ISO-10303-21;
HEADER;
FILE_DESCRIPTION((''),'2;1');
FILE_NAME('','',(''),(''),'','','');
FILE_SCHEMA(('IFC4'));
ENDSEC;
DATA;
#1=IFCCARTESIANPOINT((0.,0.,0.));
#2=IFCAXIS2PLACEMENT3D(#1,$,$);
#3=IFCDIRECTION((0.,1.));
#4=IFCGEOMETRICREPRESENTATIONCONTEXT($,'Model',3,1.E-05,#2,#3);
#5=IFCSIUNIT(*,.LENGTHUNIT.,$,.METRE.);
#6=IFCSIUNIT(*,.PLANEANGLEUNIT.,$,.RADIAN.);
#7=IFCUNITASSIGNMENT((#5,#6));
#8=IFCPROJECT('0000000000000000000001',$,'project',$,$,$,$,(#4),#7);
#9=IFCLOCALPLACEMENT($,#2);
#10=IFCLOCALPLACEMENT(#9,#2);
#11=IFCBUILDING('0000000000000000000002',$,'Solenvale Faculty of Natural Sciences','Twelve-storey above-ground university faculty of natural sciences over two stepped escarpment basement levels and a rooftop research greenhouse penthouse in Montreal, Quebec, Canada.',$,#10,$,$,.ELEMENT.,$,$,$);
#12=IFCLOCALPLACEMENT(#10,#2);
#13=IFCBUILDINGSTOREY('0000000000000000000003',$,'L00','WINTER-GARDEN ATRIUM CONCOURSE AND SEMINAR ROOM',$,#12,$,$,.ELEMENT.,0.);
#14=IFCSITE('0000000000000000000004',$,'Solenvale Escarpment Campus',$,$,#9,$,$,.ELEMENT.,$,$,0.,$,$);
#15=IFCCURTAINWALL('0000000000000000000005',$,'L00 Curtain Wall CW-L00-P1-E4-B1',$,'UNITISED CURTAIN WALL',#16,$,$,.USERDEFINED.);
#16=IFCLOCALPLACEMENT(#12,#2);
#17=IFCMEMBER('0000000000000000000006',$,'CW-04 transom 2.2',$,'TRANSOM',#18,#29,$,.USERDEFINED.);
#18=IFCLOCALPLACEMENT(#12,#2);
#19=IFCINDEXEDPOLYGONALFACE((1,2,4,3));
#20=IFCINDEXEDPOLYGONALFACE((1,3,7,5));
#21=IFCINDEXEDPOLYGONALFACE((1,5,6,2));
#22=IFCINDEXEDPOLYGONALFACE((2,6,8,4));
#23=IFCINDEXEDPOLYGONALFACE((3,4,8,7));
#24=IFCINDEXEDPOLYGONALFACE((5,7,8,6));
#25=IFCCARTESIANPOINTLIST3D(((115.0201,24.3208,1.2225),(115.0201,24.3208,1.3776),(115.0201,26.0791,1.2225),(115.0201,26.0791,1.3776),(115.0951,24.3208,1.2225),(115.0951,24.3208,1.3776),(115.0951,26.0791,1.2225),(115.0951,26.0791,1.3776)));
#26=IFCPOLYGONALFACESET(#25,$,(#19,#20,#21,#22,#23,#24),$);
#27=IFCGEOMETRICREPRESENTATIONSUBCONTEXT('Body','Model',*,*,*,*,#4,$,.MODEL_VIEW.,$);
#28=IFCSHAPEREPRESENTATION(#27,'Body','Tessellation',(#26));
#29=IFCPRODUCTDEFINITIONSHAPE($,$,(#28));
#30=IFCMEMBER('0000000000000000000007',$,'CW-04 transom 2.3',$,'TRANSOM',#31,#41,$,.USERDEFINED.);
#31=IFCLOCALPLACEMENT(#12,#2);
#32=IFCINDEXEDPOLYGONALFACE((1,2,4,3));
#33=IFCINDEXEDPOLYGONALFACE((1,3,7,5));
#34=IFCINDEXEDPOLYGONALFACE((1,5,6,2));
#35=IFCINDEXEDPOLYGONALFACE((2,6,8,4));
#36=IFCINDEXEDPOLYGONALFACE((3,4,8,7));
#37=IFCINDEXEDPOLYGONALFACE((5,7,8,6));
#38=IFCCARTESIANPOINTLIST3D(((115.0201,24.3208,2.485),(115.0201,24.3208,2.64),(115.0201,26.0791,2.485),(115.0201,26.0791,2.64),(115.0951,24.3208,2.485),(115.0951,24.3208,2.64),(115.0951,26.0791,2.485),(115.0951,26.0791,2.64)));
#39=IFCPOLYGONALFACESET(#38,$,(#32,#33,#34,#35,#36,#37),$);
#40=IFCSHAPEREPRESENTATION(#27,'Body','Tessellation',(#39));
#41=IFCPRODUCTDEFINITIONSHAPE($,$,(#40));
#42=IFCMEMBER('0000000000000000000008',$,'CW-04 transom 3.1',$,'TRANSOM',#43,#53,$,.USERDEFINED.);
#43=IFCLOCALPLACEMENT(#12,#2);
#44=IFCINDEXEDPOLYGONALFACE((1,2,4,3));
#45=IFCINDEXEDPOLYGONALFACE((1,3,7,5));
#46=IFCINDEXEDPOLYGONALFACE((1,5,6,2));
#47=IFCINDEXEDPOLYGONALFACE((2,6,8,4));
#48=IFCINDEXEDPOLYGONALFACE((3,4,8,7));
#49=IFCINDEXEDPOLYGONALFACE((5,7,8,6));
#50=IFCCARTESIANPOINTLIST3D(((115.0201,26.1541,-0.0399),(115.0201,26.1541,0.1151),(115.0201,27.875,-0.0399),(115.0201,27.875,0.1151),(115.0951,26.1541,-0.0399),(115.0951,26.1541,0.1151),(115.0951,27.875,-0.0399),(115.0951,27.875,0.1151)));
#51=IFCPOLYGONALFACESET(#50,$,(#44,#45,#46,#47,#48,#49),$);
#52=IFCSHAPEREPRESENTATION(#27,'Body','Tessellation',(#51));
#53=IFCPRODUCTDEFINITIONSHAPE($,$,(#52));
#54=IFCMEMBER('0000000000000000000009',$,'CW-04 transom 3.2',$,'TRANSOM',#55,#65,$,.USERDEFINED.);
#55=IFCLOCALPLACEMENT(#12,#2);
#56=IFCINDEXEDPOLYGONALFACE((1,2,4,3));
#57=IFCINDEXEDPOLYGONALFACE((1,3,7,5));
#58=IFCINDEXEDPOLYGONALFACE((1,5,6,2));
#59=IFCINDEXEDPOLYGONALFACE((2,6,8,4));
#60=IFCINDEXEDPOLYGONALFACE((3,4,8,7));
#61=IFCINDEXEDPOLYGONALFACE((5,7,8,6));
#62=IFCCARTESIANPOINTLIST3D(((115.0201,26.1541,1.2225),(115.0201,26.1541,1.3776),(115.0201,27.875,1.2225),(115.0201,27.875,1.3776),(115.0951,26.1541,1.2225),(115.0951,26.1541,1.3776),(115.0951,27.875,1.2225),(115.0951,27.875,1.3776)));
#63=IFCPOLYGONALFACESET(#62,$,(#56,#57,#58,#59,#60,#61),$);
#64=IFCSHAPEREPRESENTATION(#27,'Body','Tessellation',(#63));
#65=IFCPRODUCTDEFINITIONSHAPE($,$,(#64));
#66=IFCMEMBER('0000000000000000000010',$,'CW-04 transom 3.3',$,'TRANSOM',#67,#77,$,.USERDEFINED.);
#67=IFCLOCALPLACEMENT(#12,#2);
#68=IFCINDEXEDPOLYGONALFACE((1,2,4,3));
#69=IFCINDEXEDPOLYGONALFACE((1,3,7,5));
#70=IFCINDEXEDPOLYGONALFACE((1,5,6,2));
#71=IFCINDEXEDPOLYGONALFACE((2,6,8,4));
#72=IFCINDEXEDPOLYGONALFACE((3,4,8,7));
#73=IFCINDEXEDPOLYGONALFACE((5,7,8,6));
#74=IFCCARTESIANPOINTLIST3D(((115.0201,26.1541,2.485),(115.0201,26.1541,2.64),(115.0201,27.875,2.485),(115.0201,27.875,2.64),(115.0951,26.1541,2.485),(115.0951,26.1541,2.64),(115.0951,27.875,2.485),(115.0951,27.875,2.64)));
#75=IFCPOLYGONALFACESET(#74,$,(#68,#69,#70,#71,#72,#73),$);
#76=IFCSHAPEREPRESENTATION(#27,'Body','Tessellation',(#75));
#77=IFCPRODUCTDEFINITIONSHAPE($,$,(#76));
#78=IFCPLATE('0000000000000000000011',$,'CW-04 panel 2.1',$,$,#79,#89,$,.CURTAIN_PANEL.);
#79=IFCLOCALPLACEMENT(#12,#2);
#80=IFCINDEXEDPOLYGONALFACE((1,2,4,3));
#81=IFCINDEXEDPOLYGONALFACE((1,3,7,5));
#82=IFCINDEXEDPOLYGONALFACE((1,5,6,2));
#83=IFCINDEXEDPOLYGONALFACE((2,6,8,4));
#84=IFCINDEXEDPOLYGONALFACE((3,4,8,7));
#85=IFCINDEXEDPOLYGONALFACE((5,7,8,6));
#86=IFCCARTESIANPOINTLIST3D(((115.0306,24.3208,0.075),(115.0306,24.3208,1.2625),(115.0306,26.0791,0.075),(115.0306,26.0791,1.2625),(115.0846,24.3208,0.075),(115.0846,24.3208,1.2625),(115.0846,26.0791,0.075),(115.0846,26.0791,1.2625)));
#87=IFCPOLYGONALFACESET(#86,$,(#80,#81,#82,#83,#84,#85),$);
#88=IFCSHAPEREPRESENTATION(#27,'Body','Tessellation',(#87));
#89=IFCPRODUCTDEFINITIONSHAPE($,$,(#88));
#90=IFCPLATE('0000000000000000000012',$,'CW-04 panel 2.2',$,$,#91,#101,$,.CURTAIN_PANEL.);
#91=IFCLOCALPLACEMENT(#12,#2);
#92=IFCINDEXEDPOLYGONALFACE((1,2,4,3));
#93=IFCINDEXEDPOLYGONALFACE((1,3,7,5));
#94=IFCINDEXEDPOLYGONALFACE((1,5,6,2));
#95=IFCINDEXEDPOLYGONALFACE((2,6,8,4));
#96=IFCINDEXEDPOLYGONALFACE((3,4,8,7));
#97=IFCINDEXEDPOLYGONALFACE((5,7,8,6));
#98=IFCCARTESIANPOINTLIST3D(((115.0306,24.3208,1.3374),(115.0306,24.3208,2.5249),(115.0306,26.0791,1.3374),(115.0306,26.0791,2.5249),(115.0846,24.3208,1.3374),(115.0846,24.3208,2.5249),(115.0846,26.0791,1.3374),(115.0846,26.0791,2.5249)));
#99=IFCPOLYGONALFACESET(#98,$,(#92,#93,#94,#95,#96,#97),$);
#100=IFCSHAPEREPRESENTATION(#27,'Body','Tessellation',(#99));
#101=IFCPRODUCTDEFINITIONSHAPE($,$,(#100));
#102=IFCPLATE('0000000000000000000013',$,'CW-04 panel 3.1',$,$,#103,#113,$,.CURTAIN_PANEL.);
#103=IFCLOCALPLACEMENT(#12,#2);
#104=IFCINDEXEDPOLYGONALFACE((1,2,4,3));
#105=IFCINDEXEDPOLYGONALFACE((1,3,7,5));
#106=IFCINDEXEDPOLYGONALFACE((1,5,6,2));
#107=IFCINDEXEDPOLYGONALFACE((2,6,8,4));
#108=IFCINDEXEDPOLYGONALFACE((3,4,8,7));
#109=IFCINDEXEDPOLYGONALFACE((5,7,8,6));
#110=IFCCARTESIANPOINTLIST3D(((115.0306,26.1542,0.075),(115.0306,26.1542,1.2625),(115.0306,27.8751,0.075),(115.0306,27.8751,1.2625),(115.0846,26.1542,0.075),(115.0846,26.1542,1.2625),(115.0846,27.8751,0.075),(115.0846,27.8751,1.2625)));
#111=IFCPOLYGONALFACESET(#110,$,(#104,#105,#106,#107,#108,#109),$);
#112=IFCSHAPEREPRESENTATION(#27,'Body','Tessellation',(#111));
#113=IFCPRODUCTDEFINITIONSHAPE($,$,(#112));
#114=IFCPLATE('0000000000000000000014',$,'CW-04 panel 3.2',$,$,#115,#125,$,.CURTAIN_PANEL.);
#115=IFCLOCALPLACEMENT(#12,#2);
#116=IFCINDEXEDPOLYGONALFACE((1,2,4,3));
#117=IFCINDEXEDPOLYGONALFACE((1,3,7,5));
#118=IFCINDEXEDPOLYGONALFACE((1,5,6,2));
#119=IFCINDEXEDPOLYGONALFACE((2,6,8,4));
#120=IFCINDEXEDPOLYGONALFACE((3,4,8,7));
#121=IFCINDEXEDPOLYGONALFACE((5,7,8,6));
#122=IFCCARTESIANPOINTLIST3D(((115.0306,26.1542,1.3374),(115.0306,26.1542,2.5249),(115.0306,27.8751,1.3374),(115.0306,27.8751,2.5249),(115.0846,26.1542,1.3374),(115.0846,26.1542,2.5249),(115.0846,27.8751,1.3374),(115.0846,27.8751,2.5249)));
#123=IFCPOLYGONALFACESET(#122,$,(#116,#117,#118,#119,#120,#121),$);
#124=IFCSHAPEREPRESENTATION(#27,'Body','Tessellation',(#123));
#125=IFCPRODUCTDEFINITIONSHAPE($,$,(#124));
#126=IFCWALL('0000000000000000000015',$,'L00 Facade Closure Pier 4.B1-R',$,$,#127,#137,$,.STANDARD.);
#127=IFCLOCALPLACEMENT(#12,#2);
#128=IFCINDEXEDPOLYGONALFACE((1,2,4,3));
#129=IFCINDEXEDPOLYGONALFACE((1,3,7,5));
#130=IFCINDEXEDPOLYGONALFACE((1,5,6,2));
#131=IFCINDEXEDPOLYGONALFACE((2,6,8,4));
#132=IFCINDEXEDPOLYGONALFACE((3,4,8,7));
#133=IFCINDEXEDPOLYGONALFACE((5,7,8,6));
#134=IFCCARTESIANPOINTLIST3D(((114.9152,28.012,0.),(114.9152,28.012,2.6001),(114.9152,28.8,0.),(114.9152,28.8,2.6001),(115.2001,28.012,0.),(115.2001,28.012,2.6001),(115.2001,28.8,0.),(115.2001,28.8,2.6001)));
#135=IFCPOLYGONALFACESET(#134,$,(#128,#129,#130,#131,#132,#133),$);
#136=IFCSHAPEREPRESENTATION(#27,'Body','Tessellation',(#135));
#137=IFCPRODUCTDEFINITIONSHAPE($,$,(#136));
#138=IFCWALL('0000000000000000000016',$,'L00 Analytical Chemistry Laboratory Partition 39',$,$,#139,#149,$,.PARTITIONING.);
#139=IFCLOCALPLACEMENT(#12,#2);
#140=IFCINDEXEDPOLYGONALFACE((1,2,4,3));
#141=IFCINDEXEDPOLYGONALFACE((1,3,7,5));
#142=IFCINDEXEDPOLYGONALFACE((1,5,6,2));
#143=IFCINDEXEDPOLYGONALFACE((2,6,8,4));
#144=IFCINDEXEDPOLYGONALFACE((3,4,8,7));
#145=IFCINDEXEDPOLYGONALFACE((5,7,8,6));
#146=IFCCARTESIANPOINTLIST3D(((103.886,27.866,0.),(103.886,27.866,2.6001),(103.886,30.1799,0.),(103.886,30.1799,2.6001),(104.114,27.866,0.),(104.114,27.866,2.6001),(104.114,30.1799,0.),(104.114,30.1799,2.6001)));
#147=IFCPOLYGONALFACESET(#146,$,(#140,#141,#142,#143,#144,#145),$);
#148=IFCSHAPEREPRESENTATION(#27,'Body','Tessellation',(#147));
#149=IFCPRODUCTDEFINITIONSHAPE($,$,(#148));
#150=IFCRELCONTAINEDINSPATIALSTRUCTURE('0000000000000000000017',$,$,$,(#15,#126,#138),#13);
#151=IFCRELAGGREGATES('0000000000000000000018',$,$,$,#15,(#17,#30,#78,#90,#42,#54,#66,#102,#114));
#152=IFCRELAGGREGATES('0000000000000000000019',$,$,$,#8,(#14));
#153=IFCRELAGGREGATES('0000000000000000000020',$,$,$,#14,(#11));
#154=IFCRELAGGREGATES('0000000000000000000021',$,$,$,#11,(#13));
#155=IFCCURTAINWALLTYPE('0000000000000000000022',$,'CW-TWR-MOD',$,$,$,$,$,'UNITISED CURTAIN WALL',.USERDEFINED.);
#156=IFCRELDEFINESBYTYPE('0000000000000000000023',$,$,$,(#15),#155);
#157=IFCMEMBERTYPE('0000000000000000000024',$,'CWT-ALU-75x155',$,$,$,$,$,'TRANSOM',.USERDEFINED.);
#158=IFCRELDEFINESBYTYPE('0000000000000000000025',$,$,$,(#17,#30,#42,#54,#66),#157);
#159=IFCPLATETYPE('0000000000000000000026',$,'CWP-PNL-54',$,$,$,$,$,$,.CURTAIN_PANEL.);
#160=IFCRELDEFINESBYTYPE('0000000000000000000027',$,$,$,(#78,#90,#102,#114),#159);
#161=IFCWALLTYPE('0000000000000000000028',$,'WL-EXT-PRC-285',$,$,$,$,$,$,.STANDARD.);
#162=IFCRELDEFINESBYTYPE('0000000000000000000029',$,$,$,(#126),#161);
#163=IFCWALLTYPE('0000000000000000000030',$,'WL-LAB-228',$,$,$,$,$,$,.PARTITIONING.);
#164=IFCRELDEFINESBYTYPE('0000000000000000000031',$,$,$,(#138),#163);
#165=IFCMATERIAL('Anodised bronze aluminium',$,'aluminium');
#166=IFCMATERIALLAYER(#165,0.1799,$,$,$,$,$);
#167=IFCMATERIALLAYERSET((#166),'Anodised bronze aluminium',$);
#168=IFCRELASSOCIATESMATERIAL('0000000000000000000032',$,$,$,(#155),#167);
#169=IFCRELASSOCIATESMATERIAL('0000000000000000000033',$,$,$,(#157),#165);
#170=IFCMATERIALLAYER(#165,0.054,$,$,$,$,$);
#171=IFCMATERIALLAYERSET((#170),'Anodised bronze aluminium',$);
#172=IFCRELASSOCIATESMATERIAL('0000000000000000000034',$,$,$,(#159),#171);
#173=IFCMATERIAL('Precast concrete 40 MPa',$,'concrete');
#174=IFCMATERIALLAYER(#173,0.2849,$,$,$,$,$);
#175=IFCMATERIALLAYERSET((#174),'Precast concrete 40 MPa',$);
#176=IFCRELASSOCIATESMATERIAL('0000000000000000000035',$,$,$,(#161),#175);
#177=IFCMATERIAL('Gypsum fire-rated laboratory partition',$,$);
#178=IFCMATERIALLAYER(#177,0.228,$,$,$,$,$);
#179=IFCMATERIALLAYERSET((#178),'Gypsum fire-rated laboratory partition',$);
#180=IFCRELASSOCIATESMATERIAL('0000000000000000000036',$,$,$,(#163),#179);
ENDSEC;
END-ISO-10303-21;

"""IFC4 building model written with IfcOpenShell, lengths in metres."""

from ifc_helpers import new_model, si_unit, direction, frame, frame_2d, origin, origin_2d, place, context, subcontext, project, spatial, rectangle, extrude, material, layer, layer_set, material_profile, profile_set, type_object, element, aggregate, save


model = new_model("IFC4")

# Units and contexts
model_context = context("Model", 3, precision=1e-05, world=origin(), true_north=direction((0.0, 1.0)))
body_context = subcontext(model_context, "Body", "Model", "MODEL_VIEW")
ifc_project = project(units=[si_unit("LENGTHUNIT", "METRE"), si_unit("PLANEANGLEUNIT", "RADIAN")], contexts=[model_context])

# Site, building, storey
site_placement = place(None, origin())
site = spatial("IfcSite", under=ifc_project, at=site_placement, Name="Solenvale Escarpment Campus", CompositionType="ELEMENT", RefElevation=0.0)
building_placement = place(site_placement, origin())
building = spatial("IfcBuilding", under=site, at=building_placement, Name="Solenvale Faculty of Natural Sciences", Description="Twelve-storey above-ground university faculty of natural sciences over two stepped escarpment basement levels and a rooftop research greenhouse penthouse in Montreal, Quebec, Canada.", CompositionType="ELEMENT")
storey_placement = place(building_placement, origin())
storey = spatial("IfcBuildingStorey", under=building, at=storey_placement, Name="L00", Description="WINTER-GARDEN ATRIUM CONCOURSE AND SEMINAR ROOM", CompositionType="ELEMENT", Elevation=0.0)

# Curtain wall, members, plates
ifc_material_1 = material(Name="Anodised bronze aluminium", Category="aluminium")
ifc_layer_1 = layer(ifc_material_1, 0.1799)
ifc_layer_set_1 = layer_set([ifc_layer_1], Name="Anodised bronze aluminium")
curtain_wall_type = type_object("IfcCurtainWallType", Name="CW-TWR-MOD", ElementType="UNITISED CURTAIN WALL", PredefinedType="USERDEFINED", material=ifc_layer_set_1)
curtain_wall_placement = place(storey_placement, origin())
curtain_wall = element("IfcCurtainWall", 1, at=curtain_wall_placement, inside=storey, type_object=curtain_wall_type, Name="L00 Curtain Wall CW-L00-P1-E4-B1", ObjectType="UNITISED CURTAIN WALL", PredefinedType="USERDEFINED")
ifc_material_profile_1 = material_profile(ifc_material_1, rectangle(XDim=0.075, YDim=0.155, at=origin_2d()), Name="ALU-TRN-75x155")
ifc_profile_set_1 = profile_set([ifc_material_profile_1], Name="Anodised bronze aluminium")
member_type_1 = type_object("IfcMemberType", Name="CWT-ALU-75x155", ElementType="TRANSOM", PredefinedType="USERDEFINED", material=ifc_profile_set_1)
member_1_placement = place(storey_placement, frame((115.0576, 24.3208, 1.3), z_axis=(0.0, 1.0, 0.0), x_axis=(-1.0, 0.0, 0.0)))
member_1 = element("IfcMember", 2, at=member_1_placement, type_object=member_type_1, Name="CW-04 transom 2.2", ObjectType="TRANSOM", PredefinedType="USERDEFINED", context=body_context, shape_type="SweptSolid", body=[
    extrude(rectangle(XDim=0.075, YDim=0.155, at=origin_2d()), origin(), (0.0, 0.0, 1.0), 1.7583),
])
member_2_placement = place(storey_placement, frame((115.0576, 24.3208, 2.5625), z_axis=(0.0, 1.0, 0.0), x_axis=(-1.0, 0.0, 0.0)))
member_2 = element("IfcMember", 3, at=member_2_placement, type_object=member_type_1, Name="CW-04 transom 2.3", ObjectType="TRANSOM", PredefinedType="USERDEFINED", context=body_context, shape_type="SweptSolid", body=[
    extrude(rectangle(XDim=0.075, YDim=0.155, at=origin_2d()), origin(), (0.0, 0.0, 1.0), 1.7583),
])
member_3_placement = place(storey_placement, frame((115.0576, 26.1541, 0.0376), z_axis=(0.0, 1.0, 0.0), x_axis=(-1.0, 0.0, 0.0)))
member_3 = element("IfcMember", 4, at=member_3_placement, type_object=member_type_1, Name="CW-04 transom 3.1", ObjectType="TRANSOM", PredefinedType="USERDEFINED", context=body_context, shape_type="SweptSolid", body=[
    extrude(rectangle(XDim=0.075, YDim=0.155, at=origin_2d()), origin(), (0.0, 0.0, 1.0), 1.7209),
])
member_4_placement = place(storey_placement, frame((115.0576, 26.1541, 1.3), z_axis=(0.0, 1.0, 0.0), x_axis=(-1.0, 0.0, 0.0)))
member_4 = element("IfcMember", 5, at=member_4_placement, type_object=member_type_1, Name="CW-04 transom 3.2", ObjectType="TRANSOM", PredefinedType="USERDEFINED", context=body_context, shape_type="SweptSolid", body=[
    extrude(rectangle(XDim=0.075, YDim=0.155, at=origin_2d()), origin(), (0.0, 0.0, 1.0), 1.7209),
])
member_5_placement = place(storey_placement, frame((115.0576, 26.1541, 2.5625), z_axis=(0.0, 1.0, 0.0), x_axis=(-1.0, 0.0, 0.0)))
member_5 = element("IfcMember", 6, at=member_5_placement, type_object=member_type_1, Name="CW-04 transom 3.3", ObjectType="TRANSOM", PredefinedType="USERDEFINED", context=body_context, shape_type="SweptSolid", body=[
    extrude(rectangle(XDim=0.075, YDim=0.155, at=origin_2d()), origin(), (0.0, 0.0, 1.0), 1.7209),
])
ifc_layer_2 = layer(ifc_material_1, 0.054)
ifc_layer_set_2 = layer_set([ifc_layer_2], Name="Anodised bronze aluminium")
plate_type = type_object("IfcPlateType", Name="CWP-PNL-54", PredefinedType="CURTAIN_PANEL", material=ifc_layer_set_2)
plate_1_placement = place(storey_placement, frame((115.0576, 25.2, 0.075), z_axis=(0.0, 0.0, 1.0), x_axis=(0.0, 1.0, 0.0)))
plate_1 = element("IfcPlate", 7, at=plate_1_placement, type_object=plate_type, Name="CW-04 panel 2.1", PredefinedType="CURTAIN_PANEL", context=body_context, shape_type="SweptSolid", body=[
    extrude(rectangle(XDim=1.7583, YDim=0.054, at=origin_2d()), origin(), (0.0, 0.0, 1.0), 1.1875),
])
plate_2_placement = place(storey_placement, frame((115.0576, 25.2, 1.3374), z_axis=(0.0, 0.0, 1.0), x_axis=(0.0, 1.0, 0.0)))
plate_2 = element("IfcPlate", 8, at=plate_2_placement, type_object=plate_type, Name="CW-04 panel 2.2", PredefinedType="CURTAIN_PANEL", context=body_context, shape_type="SweptSolid", body=[
    extrude(rectangle(XDim=1.7583, YDim=0.054, at=origin_2d()), origin(), (0.0, 0.0, 1.0), 1.1875),
])
plate_3_placement = place(storey_placement, frame((115.0576, 27.0146, 0.075), z_axis=(0.0, 0.0, 1.0), x_axis=(0.0, 1.0, 0.0)))
plate_3 = element("IfcPlate", 9, at=plate_3_placement, type_object=plate_type, Name="CW-04 panel 3.1", PredefinedType="CURTAIN_PANEL", context=body_context, shape_type="SweptSolid", body=[
    extrude(rectangle(XDim=1.7209, YDim=0.054, at=origin_2d()), origin(), (0.0, 0.0, 1.0), 1.1875),
])
plate_4_placement = place(storey_placement, frame((115.0576, 27.0146, 1.3374), z_axis=(0.0, 0.0, 1.0), x_axis=(0.0, 1.0, 0.0)))
plate_4 = element("IfcPlate", 10, at=plate_4_placement, type_object=plate_type, Name="CW-04 panel 3.2", PredefinedType="CURTAIN_PANEL", context=body_context, shape_type="SweptSolid", body=[
    extrude(rectangle(XDim=1.7209, YDim=0.054, at=origin_2d()), origin(), (0.0, 0.0, 1.0), 1.1875),
])
aggregate(curtain_wall, [member_1, member_2, plate_1, plate_2, member_3, member_4, member_5, plate_3, plate_4])

# Walls
ifc_material_2 = material(Name="Precast concrete 40 MPa", Category="concrete")
ifc_layer_3 = layer(ifc_material_2, 0.2849)
ifc_layer_set_3 = layer_set([ifc_layer_3], Name="Precast concrete 40 MPa")
wall_type_1 = type_object("IfcWallType", Name="WL-EXT-PRC-285", PredefinedType="STANDARD", material=ifc_layer_set_3)
wall_1_placement = place(storey_placement, frame((115.0576, 28.012, 0.0), z_axis=(0.0, 0.0, 1.0), x_axis=(0.0, 1.0, 0.0)))
element("IfcWall", 11, at=wall_1_placement, inside=storey, type_object=wall_type_1, Name="L00 Facade Closure Pier 4.B1-R", PredefinedType="STANDARD", context=body_context, shape_type="SweptSolid", body=[
    extrude(rectangle(XDim=0.7881, YDim=0.2849, at=frame_2d((0.394, 0.0))), origin(), (0.0, 0.0, 1.0), 2.6001),
])
ifc_material_3 = material(Name="Gypsum fire-rated laboratory partition")
ifc_layer_4 = layer(ifc_material_3, 0.228)
ifc_layer_set_4 = layer_set([ifc_layer_4], Name="Gypsum fire-rated laboratory partition")
wall_type_2 = type_object("IfcWallType", Name="WL-LAB-228", PredefinedType="PARTITIONING", material=ifc_layer_set_4)
wall_2_placement = place(storey_placement, frame((104.0, 27.866, 0.0), z_axis=(0.0, 0.0, 1.0), x_axis=(0.0, 1.0, 0.0)))
element("IfcWall", 12, at=wall_2_placement, inside=storey, type_object=wall_type_2, Name="L00 Analytical Chemistry Laboratory Partition 39", PredefinedType="PARTITIONING", context=body_context, shape_type="SweptSolid", body=[
    extrude(rectangle(XDim=2.314, YDim=0.228, at=frame_2d((1.157, 0.0))), origin(), (0.0, 0.0, 1.0), 2.6001),
])

save(model, "model.ifc")
